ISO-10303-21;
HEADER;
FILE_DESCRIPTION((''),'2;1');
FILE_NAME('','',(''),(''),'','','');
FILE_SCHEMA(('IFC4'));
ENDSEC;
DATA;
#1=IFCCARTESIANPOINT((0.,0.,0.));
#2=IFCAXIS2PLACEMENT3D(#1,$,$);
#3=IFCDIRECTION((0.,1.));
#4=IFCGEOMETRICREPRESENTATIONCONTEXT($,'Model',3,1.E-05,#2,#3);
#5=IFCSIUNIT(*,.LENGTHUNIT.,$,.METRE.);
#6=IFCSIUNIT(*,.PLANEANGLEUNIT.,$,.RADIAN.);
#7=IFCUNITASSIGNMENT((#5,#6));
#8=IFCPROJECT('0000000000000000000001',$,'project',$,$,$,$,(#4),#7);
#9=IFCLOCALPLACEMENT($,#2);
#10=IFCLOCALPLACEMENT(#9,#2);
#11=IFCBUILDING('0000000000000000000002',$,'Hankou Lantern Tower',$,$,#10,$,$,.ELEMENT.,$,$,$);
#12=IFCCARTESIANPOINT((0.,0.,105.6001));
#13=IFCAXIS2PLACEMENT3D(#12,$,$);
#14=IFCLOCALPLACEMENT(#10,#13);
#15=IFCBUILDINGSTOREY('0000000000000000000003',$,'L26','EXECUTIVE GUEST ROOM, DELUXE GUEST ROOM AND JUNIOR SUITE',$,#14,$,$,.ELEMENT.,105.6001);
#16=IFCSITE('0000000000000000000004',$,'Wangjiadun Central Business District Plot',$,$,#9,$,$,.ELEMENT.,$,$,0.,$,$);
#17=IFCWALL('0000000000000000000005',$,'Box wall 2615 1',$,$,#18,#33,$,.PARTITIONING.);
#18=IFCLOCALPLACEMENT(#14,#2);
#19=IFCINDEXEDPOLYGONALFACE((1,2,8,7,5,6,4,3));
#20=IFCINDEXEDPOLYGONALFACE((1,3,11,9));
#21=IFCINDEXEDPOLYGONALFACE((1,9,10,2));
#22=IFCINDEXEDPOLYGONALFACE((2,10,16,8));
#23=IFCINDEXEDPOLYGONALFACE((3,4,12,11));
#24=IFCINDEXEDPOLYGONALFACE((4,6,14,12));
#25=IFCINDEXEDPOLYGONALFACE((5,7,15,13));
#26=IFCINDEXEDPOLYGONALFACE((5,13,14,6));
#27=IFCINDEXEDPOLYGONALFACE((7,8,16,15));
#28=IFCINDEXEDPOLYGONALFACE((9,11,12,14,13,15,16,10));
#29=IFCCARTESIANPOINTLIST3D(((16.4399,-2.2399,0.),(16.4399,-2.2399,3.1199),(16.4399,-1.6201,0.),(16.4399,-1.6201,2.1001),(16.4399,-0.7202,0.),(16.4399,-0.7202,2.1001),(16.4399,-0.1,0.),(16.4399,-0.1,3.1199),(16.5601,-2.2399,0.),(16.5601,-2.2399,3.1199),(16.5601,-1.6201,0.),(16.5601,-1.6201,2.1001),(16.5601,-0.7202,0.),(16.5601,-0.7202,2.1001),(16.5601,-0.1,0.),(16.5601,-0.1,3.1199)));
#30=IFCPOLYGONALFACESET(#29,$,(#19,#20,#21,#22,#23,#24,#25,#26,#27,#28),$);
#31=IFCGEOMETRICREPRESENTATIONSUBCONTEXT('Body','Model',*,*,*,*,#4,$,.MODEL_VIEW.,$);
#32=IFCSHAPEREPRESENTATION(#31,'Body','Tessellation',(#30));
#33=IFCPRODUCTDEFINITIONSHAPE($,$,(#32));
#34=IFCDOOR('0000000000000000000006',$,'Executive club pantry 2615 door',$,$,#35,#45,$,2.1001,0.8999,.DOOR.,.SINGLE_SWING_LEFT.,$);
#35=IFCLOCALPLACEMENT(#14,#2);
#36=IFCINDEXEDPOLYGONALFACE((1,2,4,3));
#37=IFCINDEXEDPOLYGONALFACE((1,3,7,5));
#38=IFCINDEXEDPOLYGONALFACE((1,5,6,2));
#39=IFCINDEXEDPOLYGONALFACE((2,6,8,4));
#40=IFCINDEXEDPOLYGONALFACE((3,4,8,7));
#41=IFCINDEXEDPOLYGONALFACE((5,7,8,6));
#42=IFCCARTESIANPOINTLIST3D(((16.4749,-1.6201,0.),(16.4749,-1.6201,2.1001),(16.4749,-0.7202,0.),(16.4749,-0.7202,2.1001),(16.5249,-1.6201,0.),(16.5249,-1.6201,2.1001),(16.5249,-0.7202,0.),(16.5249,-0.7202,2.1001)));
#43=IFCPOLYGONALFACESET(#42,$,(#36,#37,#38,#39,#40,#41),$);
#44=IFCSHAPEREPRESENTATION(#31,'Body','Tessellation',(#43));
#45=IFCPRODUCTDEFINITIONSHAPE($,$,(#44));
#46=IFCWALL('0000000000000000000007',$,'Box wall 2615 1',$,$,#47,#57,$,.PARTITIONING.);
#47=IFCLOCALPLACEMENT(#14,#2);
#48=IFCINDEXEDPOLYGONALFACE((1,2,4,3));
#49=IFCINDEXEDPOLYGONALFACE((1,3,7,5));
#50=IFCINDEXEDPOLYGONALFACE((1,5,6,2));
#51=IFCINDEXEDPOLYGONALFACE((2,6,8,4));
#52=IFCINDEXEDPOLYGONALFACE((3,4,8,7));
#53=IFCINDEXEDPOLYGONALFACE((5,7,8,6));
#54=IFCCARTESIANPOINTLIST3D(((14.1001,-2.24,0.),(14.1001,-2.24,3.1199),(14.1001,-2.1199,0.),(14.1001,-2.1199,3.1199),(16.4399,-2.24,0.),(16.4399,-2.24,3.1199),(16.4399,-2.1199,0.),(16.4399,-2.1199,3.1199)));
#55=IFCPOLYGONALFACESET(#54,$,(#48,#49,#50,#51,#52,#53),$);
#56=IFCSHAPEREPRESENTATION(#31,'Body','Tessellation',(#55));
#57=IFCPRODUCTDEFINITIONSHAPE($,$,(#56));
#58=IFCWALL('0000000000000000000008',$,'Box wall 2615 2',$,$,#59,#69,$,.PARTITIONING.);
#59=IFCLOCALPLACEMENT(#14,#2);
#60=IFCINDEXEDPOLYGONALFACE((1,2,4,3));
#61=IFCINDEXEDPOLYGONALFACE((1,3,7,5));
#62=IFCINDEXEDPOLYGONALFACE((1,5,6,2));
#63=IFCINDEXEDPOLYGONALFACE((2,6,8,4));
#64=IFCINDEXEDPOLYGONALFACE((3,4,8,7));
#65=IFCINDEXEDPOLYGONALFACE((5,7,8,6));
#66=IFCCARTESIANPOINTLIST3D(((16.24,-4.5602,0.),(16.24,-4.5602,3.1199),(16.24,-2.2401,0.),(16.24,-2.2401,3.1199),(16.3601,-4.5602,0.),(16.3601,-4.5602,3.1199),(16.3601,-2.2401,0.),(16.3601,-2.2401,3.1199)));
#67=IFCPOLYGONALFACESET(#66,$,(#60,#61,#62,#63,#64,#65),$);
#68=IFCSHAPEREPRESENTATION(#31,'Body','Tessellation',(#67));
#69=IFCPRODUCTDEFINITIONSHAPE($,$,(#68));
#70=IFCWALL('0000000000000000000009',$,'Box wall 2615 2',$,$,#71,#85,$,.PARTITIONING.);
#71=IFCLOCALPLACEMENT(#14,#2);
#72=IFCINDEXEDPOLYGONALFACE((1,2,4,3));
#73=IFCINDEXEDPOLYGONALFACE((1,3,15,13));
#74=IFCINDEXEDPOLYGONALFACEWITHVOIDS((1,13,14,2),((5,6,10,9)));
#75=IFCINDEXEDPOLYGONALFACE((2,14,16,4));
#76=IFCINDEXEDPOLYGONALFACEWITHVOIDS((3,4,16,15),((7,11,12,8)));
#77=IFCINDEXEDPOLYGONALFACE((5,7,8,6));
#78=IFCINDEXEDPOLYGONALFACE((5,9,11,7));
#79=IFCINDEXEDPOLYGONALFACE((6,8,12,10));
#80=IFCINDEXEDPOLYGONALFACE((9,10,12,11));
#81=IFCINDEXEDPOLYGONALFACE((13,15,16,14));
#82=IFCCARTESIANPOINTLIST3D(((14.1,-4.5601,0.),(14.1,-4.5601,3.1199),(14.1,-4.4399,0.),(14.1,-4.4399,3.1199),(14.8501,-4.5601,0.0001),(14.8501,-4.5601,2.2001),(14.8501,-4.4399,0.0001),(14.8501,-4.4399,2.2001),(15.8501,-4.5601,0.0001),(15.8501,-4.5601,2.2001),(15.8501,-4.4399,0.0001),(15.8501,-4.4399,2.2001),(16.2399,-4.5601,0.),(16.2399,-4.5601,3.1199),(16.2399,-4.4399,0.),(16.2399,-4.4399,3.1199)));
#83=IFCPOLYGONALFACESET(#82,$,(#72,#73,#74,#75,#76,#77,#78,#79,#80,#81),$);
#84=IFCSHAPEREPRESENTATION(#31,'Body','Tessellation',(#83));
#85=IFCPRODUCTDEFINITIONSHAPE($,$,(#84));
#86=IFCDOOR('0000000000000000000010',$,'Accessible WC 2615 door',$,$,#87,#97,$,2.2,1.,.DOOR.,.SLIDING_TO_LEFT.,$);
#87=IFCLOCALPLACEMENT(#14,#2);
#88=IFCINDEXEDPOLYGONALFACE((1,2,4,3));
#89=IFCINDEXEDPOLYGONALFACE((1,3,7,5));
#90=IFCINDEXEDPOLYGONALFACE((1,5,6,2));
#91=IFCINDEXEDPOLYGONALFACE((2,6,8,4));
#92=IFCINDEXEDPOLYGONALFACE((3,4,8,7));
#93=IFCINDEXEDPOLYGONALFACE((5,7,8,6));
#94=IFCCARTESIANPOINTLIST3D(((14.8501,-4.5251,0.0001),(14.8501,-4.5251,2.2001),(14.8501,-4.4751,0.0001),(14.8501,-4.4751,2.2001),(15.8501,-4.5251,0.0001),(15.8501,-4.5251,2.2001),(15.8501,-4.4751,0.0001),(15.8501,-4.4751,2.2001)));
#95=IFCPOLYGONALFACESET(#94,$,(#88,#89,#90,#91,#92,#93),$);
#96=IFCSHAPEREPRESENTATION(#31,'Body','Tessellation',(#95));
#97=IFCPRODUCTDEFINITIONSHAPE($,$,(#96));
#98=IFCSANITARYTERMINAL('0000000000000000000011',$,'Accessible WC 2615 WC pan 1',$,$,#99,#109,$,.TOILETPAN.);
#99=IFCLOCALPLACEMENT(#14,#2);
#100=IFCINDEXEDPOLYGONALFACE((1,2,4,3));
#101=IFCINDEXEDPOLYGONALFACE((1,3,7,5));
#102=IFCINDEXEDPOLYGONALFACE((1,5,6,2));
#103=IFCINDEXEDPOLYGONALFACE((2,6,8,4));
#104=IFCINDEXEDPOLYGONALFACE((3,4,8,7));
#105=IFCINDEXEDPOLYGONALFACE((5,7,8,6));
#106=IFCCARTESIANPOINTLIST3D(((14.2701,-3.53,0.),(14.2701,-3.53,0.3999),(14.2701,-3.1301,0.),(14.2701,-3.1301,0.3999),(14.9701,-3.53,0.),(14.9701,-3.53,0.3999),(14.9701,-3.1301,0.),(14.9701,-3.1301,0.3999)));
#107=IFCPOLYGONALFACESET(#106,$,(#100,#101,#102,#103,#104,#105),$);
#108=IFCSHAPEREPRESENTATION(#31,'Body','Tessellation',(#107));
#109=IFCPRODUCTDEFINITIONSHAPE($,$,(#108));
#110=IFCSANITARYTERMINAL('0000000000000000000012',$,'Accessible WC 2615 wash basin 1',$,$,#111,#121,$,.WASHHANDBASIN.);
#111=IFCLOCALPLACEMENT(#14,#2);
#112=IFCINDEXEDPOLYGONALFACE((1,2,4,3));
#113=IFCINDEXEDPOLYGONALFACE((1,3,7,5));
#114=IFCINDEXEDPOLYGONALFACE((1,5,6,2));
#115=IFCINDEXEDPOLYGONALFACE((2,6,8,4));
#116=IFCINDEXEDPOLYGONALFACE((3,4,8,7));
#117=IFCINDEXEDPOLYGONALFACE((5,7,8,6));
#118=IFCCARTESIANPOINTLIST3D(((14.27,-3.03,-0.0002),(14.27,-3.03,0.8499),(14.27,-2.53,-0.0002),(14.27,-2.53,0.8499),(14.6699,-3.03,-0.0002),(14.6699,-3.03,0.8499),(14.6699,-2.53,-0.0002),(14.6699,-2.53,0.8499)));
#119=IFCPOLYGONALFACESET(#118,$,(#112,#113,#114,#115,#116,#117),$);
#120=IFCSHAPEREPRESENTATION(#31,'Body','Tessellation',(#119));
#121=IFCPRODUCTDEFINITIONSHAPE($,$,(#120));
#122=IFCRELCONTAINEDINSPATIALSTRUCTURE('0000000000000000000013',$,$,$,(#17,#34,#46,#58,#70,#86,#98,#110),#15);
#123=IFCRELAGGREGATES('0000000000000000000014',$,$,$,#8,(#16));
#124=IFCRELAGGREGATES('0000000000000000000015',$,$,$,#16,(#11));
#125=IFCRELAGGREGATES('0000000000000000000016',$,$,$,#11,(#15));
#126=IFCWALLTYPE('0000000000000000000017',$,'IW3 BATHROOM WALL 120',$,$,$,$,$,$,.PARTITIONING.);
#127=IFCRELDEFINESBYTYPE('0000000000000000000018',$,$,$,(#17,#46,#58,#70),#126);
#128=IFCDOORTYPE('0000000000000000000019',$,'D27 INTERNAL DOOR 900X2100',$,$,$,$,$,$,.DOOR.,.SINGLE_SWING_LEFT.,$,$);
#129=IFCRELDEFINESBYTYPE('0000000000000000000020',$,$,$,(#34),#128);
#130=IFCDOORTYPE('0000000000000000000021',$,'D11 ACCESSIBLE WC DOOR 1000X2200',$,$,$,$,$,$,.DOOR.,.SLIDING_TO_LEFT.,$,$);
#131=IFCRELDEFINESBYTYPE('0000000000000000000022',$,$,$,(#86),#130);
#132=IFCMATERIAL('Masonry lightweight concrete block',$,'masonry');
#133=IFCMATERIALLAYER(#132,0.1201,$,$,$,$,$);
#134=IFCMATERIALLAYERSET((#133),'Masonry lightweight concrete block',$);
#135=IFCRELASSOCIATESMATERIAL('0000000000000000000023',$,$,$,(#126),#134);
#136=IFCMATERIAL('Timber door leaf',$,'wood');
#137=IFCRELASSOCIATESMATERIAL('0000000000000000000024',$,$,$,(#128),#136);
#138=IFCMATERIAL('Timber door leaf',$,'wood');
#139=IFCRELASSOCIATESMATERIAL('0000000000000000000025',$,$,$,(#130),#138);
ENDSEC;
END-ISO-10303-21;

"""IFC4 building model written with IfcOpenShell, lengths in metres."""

from ifc_helpers import new_model, si_unit, direction, frame, frame_2d, origin, origin_2d, place, context, subcontext, project, spatial, rectangle, extrude, material, layer, layer_set, type_object, element, fill, save


model = new_model("IFC4")

# Units and contexts
model_context = context("Model", 3, precision=1e-05, world=origin(), true_north=direction((0.0, 1.0)))
body_context = subcontext(model_context, "Body", "Model", "MODEL_VIEW")
ifc_project = project(units=[si_unit("LENGTHUNIT", "METRE"), si_unit("PLANEANGLEUNIT", "RADIAN")], contexts=[model_context])

# Site, building, storey
site_placement = place(None, origin())
site = spatial("IfcSite", under=ifc_project, at=site_placement, Name="Wangjiadun Central Business District Plot", CompositionType="ELEMENT", RefElevation=0.0)
building_placement = place(site_placement, origin())
building = spatial("IfcBuilding", under=site, at=building_placement, Name="Hankou Lantern Tower", CompositionType="ELEMENT")
storey_placement = place(building_placement, frame((0.0, 0.0, 105.6001)))
storey = spatial("IfcBuildingStorey", under=building, at=storey_placement, Name="L26", Description="EXECUTIVE GUEST ROOM, DELUXE GUEST ROOM AND JUNIOR SUITE", CompositionType="ELEMENT", Elevation=105.6001)

# Wall, opening, door
ifc_material_1 = material(Name="Masonry lightweight concrete block", Category="masonry")
ifc_layer_1 = layer(ifc_material_1, 0.1201)
ifc_layer_set_1 = layer_set([ifc_layer_1], Name="Masonry lightweight concrete block")
wall_type_1 = type_object("IfcWallType", Name="IW3 BATHROOM WALL 120", PredefinedType="PARTITIONING", material=ifc_layer_set_1)
wall_1_placement = place(storey_placement, frame((16.5, -0.1001, 0.0), z_axis=(0.0, 0.0, 1.0), x_axis=(0.0, -1.0, 0.0)))
wall_1 = element("IfcWall", 1, at=wall_1_placement, inside=storey, type_object=wall_type_1, Name="Box wall 2615 1", PredefinedType="PARTITIONING", context=body_context, shape_type="SweptSolid", body=[
    extrude(rectangle(XDim=2.1399, YDim=0.1201, at=frame_2d((1.0698, 0.0))), origin(), (0.0, 0.0, 1.0), 3.1199),
])
opening_1_placement = place(wall_1_placement, frame((0.6201, 0.0, 0.0)))
opening_1 = element("IfcOpeningElement", 2, at=opening_1_placement, cuts=wall_1, PredefinedType="OPENING", context=body_context, shape_type="SweptSolid", body=[
    extrude(rectangle(XDim=0.8999, YDim=2.1001, at=frame_2d((0.45, 1.05))), frame((0.0, 0.0701, 0.0), z_axis=(0.0, -1.0, 0.0), x_axis=(1.0, 0.0, 0.0)), (0.0, 0.0, 1.0), 0.1401),
])
ifc_material_2 = material(Name="Timber door leaf", Category="wood")
door_type_1 = type_object("IfcDoorType", Name="D27 INTERNAL DOOR 900X2100", OperationType="SINGLE_SWING_LEFT", PredefinedType="DOOR", material=ifc_material_2)
door_1_placement = place(opening_1_placement, origin())
door_1 = element("IfcDoor", 3, at=door_1_placement, inside=storey, type_object=door_type_1, Name="Executive club pantry 2615 door", OperationType="SINGLE_SWING_LEFT", OverallHeight=2.1001, OverallWidth=0.8999, PredefinedType="DOOR", context=body_context, shape_type="SweptSolid", body=[
    extrude(rectangle(XDim=0.8999, YDim=2.1001, at=frame_2d((0.45, 1.05))), frame((0.0, 0.0249, 0.0), z_axis=(0.0, -1.0, 0.0), x_axis=(1.0, 0.0, 0.0)), (0.0, 0.0, 1.0), 0.05),
])
fill(opening_1, door_1)

# Walls
wall_2_placement = place(storey_placement, frame((14.1001, -2.1799, 0.0), z_axis=(0.0, 0.0, 1.0), x_axis=(1.0, 0.0, 0.0)))
element("IfcWall", 4, at=wall_2_placement, inside=storey, type_object=wall_type_1, Name="Box wall 2615 1", PredefinedType="PARTITIONING", context=body_context, shape_type="SweptSolid", body=[
    extrude(rectangle(XDim=2.3398, YDim=0.1201, at=frame_2d((1.1699, 0.0))), origin(), (0.0, 0.0, 1.0), 3.1199),
])
wall_3_placement = place(storey_placement, frame((16.3, -2.24, 0.0), z_axis=(0.0, 0.0, 1.0), x_axis=(0.0, -1.0, 0.0)))
element("IfcWall", 5, at=wall_3_placement, inside=storey, type_object=wall_type_1, Name="Box wall 2615 2", PredefinedType="PARTITIONING", context=body_context, shape_type="SweptSolid", body=[
    extrude(rectangle(XDim=2.3201, YDim=0.1201, at=frame_2d((1.1602, 0.0))), origin(), (0.0, 0.0, 1.0), 3.1199),
])

# Wall, opening, door
wall_4_placement = place(storey_placement, frame((14.1001, -4.5, 0.0), z_axis=(0.0, 0.0, 1.0), x_axis=(1.0, 0.0, 0.0)))
wall_4 = element("IfcWall", 6, at=wall_4_placement, inside=storey, type_object=wall_type_1, Name="Box wall 2615 2", PredefinedType="PARTITIONING", context=body_context, shape_type="SweptSolid", body=[
    extrude(rectangle(XDim=2.1399, YDim=0.1201, at=frame_2d((1.0698, 0.0))), origin(), (0.0, 0.0, 1.0), 3.1199),
])
opening_2_placement = place(wall_4_placement, frame((0.75, 0.0, 0.0)))
opening_2 = element("IfcOpeningElement", 7, at=opening_2_placement, cuts=wall_4, PredefinedType="OPENING", context=body_context, shape_type="SweptSolid", body=[
    extrude(rectangle(XDim=1.0, YDim=2.2, at=frame_2d((0.5, 1.1001))), frame((0.0, 0.0701, 0.0), z_axis=(0.0, -1.0, 0.0), x_axis=(1.0, 0.0, 0.0)), (0.0, 0.0, 1.0), 0.1401),
])
ifc_material_3 = material(Name="Timber door leaf", Category="wood")
door_type_2 = type_object("IfcDoorType", Name="D11 ACCESSIBLE WC DOOR 1000X2200", OperationType="SLIDING_TO_LEFT", PredefinedType="DOOR", material=ifc_material_3)
door_2_placement = place(opening_2_placement, origin())
door_2 = element("IfcDoor", 8, at=door_2_placement, inside=storey, type_object=door_type_2, Name="Accessible WC 2615 door", OperationType="SLIDING_TO_LEFT", OverallHeight=2.2, OverallWidth=1.0, PredefinedType="DOOR", context=body_context, shape_type="SweptSolid", body=[
    extrude(rectangle(XDim=1.0, YDim=2.2, at=frame_2d((0.5, 1.1001))), frame((0.0, 0.0249, 0.0), z_axis=(0.0, -1.0, 0.0), x_axis=(1.0, 0.0, 0.0)), (0.0, 0.0, 1.0), 0.05),
])
fill(opening_2, door_2)

# Sanitary terminals
sanitary_terminal_1_placement = place(storey_placement, frame((14.6201, -3.3301, 0.0), z_axis=(0.0, 0.0, 1.0), x_axis=(0.0, 1.0, 0.0)))
element("IfcSanitaryTerminal", 9, at=sanitary_terminal_1_placement, inside=storey, Name="Accessible WC 2615 WC pan 1", PredefinedType="TOILETPAN", context=body_context, shape_type="SweptSolid", body=[
    extrude(rectangle(XDim=0.3999, YDim=0.7, at=origin_2d()), origin(), (0.0, 0.0, 1.0), 0.3999),
])
sanitary_terminal_2_placement = place(storey_placement, frame((14.47, -2.78, -0.0002), z_axis=(0.0, 0.0, 1.0), x_axis=(0.0, 1.0, 0.0)))
element("IfcSanitaryTerminal", 10, at=sanitary_terminal_2_placement, inside=storey, Name="Accessible WC 2615 wash basin 1", PredefinedType="WASHHANDBASIN", context=body_context, shape_type="SweptSolid", body=[
    extrude(rectangle(XDim=0.5, YDim=0.3999, at=origin_2d()), origin(), (0.0, 0.0, 1.0), 0.8501),
])

save(model, "model.ifc")
